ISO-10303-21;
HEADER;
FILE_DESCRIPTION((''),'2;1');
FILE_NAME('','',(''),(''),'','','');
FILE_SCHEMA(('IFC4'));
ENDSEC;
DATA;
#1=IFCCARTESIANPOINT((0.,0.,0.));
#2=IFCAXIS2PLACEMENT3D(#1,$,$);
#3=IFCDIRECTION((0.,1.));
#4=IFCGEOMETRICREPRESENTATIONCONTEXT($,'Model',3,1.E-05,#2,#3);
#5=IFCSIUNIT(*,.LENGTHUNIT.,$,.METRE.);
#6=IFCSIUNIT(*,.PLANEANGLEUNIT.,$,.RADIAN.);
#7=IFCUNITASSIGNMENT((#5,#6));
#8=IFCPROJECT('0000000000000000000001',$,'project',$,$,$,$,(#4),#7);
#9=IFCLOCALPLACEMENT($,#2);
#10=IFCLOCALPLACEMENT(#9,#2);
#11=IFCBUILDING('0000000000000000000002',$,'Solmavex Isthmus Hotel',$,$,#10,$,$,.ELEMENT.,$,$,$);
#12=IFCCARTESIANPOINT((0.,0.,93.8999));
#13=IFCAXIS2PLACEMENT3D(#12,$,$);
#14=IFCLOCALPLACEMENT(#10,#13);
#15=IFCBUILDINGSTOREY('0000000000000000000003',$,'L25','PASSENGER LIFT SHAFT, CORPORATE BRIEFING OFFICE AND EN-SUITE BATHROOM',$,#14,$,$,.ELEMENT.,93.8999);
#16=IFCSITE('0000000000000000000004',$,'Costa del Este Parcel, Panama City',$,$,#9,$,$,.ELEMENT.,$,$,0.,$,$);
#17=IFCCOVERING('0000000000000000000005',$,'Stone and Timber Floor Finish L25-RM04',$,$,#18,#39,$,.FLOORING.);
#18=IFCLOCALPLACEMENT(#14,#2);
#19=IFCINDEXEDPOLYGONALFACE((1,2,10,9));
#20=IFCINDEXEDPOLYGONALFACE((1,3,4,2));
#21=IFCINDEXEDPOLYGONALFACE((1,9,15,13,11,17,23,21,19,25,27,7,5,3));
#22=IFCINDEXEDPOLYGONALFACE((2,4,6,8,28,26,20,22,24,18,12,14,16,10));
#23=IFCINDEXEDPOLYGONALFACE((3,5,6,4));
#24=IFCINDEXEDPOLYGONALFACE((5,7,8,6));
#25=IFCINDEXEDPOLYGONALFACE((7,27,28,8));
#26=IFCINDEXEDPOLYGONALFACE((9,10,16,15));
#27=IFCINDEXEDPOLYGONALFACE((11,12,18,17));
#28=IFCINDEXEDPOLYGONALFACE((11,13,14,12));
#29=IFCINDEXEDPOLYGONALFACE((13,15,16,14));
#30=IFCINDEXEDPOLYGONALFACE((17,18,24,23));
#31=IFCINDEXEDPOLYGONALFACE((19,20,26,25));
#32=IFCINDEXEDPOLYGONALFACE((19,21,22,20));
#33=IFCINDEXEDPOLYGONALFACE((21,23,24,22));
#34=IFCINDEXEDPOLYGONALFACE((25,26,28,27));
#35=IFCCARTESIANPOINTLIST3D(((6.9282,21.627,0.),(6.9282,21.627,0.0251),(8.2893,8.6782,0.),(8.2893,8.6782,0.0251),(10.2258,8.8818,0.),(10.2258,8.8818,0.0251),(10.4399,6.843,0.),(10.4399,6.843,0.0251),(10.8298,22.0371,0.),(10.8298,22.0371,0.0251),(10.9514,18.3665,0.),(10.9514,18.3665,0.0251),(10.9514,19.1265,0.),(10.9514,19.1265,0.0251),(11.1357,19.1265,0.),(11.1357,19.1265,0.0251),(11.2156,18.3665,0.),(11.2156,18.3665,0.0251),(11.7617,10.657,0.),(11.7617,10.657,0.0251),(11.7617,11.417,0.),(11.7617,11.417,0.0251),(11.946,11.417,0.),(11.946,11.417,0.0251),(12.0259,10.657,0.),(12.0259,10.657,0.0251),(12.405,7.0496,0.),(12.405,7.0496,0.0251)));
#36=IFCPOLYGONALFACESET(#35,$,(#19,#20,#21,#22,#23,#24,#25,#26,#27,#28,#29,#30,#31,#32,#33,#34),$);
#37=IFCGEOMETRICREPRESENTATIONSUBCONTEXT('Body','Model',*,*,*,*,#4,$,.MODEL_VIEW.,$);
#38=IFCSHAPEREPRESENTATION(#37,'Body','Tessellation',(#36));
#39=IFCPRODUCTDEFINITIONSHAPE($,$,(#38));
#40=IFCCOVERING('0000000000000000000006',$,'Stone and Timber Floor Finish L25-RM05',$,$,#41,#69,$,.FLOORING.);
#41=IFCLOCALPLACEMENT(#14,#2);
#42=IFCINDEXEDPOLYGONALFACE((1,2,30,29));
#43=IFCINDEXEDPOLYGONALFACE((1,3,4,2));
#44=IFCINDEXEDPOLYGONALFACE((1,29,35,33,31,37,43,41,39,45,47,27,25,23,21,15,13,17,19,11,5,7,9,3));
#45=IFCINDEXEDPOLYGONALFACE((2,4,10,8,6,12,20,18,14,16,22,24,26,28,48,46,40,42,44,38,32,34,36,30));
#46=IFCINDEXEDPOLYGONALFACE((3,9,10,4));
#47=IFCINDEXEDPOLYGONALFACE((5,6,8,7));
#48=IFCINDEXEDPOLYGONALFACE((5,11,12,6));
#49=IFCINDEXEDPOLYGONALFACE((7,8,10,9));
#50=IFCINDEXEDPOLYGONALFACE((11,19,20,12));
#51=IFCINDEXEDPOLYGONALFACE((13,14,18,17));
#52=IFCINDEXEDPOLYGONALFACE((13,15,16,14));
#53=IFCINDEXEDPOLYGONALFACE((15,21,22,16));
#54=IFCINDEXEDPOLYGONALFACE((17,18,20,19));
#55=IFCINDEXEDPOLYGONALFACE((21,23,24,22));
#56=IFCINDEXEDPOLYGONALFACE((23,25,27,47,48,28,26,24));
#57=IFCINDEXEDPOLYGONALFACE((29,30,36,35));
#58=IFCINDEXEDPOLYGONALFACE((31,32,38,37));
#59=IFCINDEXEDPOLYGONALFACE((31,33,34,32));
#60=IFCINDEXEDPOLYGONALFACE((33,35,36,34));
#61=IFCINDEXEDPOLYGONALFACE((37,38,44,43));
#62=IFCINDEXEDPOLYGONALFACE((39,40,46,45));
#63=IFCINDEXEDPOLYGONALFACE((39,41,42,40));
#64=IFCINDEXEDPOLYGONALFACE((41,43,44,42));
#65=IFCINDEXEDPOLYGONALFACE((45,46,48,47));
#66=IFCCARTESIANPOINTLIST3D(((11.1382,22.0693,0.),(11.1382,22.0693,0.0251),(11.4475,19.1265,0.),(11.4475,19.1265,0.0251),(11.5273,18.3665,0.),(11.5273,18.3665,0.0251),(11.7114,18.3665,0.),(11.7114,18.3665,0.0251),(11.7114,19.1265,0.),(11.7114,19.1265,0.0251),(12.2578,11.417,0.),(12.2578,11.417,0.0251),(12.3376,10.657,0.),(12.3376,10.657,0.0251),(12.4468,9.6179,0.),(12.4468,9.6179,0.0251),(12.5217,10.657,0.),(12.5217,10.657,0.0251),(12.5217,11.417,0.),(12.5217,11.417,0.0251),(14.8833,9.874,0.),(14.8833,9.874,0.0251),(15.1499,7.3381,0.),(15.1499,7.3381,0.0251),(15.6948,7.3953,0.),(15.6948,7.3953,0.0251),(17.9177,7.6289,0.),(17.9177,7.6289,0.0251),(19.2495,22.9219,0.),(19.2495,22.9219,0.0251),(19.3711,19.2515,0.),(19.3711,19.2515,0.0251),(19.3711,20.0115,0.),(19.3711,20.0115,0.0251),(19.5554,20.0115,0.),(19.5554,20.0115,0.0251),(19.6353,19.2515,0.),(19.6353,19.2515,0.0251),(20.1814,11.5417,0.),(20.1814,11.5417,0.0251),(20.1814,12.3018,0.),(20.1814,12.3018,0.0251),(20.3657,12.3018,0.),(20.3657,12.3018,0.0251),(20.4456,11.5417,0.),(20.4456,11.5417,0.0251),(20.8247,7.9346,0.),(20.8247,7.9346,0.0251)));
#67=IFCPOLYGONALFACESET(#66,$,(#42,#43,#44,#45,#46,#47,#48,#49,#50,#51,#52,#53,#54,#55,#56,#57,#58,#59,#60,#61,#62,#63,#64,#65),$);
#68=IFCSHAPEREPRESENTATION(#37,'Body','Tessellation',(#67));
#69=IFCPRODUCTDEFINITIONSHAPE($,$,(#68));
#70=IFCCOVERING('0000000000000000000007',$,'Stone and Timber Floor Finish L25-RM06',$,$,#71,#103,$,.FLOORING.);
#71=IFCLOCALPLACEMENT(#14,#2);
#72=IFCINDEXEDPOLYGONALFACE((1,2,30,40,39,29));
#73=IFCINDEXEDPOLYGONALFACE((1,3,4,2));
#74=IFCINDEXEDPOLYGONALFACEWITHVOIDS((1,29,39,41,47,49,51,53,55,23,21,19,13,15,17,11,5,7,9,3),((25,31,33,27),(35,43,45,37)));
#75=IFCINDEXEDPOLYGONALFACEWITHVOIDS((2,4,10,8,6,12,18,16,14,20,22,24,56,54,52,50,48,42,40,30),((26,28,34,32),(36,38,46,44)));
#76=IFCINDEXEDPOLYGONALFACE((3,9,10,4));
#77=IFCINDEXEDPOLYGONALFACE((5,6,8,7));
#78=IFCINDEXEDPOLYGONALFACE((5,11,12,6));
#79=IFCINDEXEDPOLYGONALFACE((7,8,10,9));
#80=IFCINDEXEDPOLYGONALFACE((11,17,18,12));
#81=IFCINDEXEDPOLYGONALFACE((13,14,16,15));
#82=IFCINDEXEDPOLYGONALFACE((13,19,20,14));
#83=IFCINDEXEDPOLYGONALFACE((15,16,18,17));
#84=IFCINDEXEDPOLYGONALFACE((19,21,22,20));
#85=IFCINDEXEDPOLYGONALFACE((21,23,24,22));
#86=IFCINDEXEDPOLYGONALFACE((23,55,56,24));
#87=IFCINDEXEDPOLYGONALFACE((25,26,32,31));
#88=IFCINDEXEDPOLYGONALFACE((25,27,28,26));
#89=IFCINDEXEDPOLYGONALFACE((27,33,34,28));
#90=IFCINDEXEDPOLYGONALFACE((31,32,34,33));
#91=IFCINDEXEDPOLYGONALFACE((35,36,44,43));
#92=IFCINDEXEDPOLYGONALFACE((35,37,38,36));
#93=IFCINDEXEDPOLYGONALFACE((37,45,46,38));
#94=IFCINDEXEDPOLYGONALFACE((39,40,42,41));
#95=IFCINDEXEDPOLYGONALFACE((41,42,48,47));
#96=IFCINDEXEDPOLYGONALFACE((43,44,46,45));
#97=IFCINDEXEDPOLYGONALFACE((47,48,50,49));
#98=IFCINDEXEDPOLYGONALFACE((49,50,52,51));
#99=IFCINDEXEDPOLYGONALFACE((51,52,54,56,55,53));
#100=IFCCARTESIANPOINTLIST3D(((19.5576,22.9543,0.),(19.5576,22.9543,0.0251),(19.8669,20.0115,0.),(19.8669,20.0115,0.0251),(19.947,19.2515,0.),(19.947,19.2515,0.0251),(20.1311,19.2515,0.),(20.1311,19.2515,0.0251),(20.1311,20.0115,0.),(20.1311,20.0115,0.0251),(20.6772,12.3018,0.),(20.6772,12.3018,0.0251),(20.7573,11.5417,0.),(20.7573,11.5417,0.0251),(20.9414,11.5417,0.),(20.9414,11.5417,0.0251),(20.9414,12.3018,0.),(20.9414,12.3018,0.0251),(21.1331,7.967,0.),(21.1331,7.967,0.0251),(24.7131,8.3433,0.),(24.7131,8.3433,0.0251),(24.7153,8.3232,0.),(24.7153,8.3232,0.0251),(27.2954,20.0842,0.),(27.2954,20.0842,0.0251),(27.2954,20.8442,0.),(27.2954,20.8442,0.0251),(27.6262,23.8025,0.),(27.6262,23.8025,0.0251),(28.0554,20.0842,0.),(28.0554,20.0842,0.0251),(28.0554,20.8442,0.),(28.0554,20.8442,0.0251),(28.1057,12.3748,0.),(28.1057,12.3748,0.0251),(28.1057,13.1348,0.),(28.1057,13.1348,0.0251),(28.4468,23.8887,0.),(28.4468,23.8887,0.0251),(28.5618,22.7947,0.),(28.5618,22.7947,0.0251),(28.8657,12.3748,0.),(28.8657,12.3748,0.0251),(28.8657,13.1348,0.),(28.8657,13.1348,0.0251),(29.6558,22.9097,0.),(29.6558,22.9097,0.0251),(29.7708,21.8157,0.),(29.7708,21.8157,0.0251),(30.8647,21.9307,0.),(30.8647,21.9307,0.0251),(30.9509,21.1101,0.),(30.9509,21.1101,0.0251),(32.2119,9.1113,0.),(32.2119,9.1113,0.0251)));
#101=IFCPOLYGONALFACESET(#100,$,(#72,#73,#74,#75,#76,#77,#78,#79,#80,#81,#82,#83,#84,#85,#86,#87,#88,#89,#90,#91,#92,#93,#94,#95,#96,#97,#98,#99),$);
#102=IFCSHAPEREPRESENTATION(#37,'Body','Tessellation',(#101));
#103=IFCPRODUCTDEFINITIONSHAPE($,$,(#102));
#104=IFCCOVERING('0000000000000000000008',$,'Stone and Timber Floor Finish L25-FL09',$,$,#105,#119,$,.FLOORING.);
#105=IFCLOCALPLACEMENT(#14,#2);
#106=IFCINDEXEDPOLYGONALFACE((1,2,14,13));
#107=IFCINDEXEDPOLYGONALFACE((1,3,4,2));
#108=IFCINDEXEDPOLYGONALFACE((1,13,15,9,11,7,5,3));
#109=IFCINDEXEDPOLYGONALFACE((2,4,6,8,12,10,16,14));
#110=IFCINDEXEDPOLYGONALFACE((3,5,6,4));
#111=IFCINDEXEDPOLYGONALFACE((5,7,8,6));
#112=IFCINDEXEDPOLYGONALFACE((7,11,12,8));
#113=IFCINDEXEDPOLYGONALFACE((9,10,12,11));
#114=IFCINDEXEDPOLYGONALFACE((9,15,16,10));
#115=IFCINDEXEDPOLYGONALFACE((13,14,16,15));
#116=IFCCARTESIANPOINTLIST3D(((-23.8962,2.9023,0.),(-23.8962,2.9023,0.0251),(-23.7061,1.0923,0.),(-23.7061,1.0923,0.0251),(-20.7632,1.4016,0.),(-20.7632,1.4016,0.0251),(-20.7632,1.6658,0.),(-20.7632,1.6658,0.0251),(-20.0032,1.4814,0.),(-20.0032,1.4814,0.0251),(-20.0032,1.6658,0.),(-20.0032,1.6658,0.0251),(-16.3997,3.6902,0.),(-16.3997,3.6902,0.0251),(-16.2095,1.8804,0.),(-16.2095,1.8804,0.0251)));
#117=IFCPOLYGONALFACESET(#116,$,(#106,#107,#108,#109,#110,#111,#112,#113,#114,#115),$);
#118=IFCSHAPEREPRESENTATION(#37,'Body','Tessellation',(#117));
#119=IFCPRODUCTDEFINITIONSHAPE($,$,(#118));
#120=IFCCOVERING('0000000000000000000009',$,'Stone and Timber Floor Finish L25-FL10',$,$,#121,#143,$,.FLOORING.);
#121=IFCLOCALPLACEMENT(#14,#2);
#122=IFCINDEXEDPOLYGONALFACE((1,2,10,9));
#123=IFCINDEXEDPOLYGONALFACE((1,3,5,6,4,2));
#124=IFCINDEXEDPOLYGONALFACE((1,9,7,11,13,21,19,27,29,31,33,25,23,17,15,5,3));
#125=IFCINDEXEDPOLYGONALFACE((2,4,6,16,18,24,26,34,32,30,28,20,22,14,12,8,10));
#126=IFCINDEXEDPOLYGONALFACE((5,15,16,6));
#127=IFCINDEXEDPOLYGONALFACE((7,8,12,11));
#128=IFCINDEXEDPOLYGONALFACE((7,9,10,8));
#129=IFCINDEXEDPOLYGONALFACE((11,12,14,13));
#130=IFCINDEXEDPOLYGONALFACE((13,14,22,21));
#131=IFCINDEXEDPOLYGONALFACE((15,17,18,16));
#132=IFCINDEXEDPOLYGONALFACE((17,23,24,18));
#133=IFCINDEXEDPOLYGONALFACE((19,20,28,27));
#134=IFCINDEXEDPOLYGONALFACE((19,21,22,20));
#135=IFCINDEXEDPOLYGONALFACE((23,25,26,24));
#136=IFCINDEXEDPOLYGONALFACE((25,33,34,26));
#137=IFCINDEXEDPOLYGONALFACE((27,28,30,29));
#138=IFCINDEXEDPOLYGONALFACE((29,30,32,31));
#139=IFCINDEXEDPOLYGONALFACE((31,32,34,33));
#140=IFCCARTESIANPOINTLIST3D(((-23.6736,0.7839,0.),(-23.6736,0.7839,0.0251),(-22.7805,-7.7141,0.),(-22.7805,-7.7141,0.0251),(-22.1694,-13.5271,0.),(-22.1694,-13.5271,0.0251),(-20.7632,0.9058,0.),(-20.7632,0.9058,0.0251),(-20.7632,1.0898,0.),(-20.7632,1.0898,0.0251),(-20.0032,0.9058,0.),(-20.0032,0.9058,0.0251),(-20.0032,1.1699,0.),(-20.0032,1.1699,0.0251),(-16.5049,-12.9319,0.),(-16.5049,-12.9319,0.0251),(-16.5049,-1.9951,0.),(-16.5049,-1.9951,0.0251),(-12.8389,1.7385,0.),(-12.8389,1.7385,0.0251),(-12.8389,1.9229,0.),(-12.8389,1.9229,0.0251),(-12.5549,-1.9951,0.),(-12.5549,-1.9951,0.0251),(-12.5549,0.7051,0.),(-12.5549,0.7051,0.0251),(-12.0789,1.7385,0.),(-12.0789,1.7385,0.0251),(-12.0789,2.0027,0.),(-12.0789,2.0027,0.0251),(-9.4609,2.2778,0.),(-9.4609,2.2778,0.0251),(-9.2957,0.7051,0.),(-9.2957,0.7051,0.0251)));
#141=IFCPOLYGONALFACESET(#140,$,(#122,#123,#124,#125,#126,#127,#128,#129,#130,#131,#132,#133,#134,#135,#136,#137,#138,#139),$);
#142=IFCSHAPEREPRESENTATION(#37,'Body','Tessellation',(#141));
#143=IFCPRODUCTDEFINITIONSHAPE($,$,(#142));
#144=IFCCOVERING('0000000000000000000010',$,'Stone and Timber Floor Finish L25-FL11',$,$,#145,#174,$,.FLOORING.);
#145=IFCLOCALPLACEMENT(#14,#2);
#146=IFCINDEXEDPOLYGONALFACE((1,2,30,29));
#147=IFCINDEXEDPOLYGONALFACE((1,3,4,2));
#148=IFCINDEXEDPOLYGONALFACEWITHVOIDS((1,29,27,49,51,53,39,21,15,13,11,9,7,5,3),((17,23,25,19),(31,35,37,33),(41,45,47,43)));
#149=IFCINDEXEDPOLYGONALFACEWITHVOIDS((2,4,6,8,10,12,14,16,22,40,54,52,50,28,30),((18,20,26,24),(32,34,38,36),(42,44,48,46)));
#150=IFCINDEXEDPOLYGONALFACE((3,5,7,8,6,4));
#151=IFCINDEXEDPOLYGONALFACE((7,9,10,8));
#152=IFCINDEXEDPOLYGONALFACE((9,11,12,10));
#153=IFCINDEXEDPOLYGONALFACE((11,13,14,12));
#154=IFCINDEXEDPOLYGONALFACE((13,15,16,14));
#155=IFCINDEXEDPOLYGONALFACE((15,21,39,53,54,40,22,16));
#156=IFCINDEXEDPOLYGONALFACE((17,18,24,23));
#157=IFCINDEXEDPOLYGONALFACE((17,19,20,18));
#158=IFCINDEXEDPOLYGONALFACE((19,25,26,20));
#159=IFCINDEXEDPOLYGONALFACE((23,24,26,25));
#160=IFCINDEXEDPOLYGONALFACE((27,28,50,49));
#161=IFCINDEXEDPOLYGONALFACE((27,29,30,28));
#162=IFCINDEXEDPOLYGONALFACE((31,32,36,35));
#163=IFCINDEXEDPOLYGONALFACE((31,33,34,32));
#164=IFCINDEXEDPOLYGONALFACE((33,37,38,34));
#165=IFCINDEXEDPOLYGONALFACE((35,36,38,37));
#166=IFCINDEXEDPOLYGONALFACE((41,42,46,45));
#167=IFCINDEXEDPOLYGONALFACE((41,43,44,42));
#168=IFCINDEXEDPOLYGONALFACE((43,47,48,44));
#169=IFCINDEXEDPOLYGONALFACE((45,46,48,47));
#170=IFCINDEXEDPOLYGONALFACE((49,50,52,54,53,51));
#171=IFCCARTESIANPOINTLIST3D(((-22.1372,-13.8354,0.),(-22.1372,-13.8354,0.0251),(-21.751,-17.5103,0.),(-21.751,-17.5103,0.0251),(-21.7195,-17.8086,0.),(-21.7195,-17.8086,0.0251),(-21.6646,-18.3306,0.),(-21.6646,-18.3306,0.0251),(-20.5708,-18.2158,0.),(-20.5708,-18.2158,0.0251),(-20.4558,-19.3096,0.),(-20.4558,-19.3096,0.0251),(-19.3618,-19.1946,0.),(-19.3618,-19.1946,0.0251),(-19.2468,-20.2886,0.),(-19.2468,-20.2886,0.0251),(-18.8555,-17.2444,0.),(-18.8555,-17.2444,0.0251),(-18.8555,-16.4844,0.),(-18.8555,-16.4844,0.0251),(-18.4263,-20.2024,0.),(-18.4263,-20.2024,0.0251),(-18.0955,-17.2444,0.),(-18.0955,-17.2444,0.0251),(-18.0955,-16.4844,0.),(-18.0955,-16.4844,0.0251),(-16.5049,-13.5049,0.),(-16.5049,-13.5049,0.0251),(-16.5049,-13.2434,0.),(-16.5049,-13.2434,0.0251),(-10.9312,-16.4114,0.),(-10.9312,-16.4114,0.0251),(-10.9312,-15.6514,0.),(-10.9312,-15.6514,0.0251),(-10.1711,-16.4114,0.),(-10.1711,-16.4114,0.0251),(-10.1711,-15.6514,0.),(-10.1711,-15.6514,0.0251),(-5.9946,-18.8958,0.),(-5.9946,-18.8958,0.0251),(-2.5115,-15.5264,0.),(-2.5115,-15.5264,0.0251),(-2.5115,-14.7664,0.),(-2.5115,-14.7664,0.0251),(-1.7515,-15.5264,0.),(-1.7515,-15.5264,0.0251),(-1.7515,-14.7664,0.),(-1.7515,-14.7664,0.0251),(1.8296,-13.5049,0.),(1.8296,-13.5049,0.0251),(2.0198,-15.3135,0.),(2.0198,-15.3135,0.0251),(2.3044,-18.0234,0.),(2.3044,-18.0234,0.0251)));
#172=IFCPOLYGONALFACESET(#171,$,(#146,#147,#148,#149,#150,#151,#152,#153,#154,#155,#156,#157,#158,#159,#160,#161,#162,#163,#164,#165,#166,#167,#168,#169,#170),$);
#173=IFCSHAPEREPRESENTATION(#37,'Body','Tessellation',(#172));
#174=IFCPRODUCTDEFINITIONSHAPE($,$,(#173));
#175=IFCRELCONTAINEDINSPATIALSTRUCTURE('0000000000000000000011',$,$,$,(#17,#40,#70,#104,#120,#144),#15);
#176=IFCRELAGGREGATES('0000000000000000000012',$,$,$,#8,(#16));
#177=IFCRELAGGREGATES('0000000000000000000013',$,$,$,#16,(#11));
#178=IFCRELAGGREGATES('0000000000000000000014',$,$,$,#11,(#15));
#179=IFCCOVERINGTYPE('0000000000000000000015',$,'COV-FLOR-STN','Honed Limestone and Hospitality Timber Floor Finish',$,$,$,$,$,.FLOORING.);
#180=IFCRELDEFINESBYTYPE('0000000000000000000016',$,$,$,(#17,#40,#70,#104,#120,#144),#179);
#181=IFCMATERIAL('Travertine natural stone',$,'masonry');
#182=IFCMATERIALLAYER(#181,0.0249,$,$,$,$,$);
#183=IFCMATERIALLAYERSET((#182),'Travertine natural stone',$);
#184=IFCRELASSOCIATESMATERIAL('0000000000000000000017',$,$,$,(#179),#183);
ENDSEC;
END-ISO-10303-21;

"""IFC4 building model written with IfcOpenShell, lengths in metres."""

from ifc_helpers import new_model, si_unit, direction, frame, origin, place, context, subcontext, project, spatial, polyline, outline, extrude, material, layer, layer_set, type_object, element, save


model = new_model("IFC4")

# Units and contexts
model_context = context("Model", 3, precision=1e-05, world=origin(), true_north=direction((0.0, 1.0)))
body_context = subcontext(model_context, "Body", "Model", "MODEL_VIEW")
ifc_project = project(units=[si_unit("LENGTHUNIT", "METRE"), si_unit("PLANEANGLEUNIT", "RADIAN")], contexts=[model_context])

# Site, building, storey
site_placement = place(None, origin())
site = spatial("IfcSite", under=ifc_project, at=site_placement, Name="Costa del Este Parcel, Panama City", CompositionType="ELEMENT", RefElevation=0.0)
building_placement = place(site_placement, origin())
building = spatial("IfcBuilding", under=site, at=building_placement, Name="Solmavex Isthmus Hotel", CompositionType="ELEMENT")
storey_placement = place(building_placement, frame((0.0, 0.0, 93.8999)))
storey = spatial("IfcBuildingStorey", under=building, at=storey_placement, Name="L25", Description="PASSENGER LIFT SHAFT, CORPORATE BRIEFING OFFICE AND EN-SUITE BATHROOM", CompositionType="ELEMENT", Elevation=93.8999)

# Coverings
ifc_material_1 = material(Name="Travertine natural stone", Category="masonry")
ifc_layer_1 = layer(ifc_material_1, 0.0249)
ifc_layer_set_1 = layer_set([ifc_layer_1], Name="Travertine natural stone")
covering_type_1 = type_object("IfcCoveringType", Name="COV-FLOR-STN", Description="Honed Limestone and Hospitality Timber Floor Finish", PredefinedType="FLOORING", material=ifc_layer_set_1)
covering_1_placement = place(storey_placement, origin())
element("IfcCovering", 1, at=covering_1_placement, inside=storey, type_object=covering_type_1, Name="Stone and Timber Floor Finish L25-RM04", PredefinedType="FLOORING", context=body_context, shape_type="SweptSolid", body=[
    extrude(outline(polyline([(11.2156, 18.3665), (10.9514, 18.3665), (10.9514, 19.1265), (11.1357, 19.1265), (10.8298, 22.0371), (6.9282, 21.627), (8.2893, 8.6782), (10.2258, 8.8818), (10.4399, 6.843), (12.405, 7.0496), (12.0259, 10.657), (11.7617, 10.657), (11.7617, 11.417), (11.946, 11.417), (11.2156, 18.3665)])), origin(), (0.0, 0.0, 1.0), 0.0251),
])
covering_2_placement = place(storey_placement, origin())
element("IfcCovering", 2, at=covering_2_placement, inside=storey, type_object=covering_type_1, Name="Stone and Timber Floor Finish L25-RM05", PredefinedType="FLOORING", context=body_context, shape_type="SweptSolid", body=[
    extrude(outline(polyline([(12.2578, 11.417), (12.5217, 11.417), (12.5217, 10.657), (12.3376, 10.657), (12.4468, 9.6179), (14.8833, 9.874), (15.1499, 7.3381), (15.6948, 7.3953), (17.9177, 7.6289), (20.8247, 7.9346), (20.4456, 11.5417), (20.1814, 11.5417), (20.1814, 12.3018), (20.3657, 12.3018), (19.6353, 19.2515), (19.3711, 19.2515), (19.3711, 20.0115), (19.5554, 20.0115), (19.2495, 22.9219), (11.1382, 22.0693), (11.4475, 19.1265), (11.7114, 19.1265), (11.7114, 18.3665), (11.5273, 18.3665), (12.2578, 11.417)])), origin(), (0.0, 0.0, 1.0), 0.0251),
])
covering_3_placement = place(storey_placement, origin())
element("IfcCovering", 3, at=covering_3_placement, inside=storey, type_object=covering_type_1, Name="Stone and Timber Floor Finish L25-RM06", PredefinedType="FLOORING", context=body_context, shape_type="SweptSolid", body=[
    extrude(outline(polyline([(20.6772, 12.3018), (20.9414, 12.3018), (20.9414, 11.5417), (20.7573, 11.5417), (21.1331, 7.967), (24.7131, 8.3433), (24.7153, 8.3232), (32.2119, 9.1113), (30.9509, 21.1101), (30.8647, 21.9307), (29.7708, 21.8157), (29.6558, 22.9097), (28.5618, 22.7947), (28.4468, 23.8887), (27.6262, 23.8025), (19.5576, 22.9543), (19.8669, 20.0115), (20.1311, 20.0115), (20.1311, 19.2515), (19.947, 19.2515), (20.6772, 12.3018)]), holes=[polyline([(28.1057, 12.3748), (28.1057, 13.1348), (28.8657, 13.1348), (28.8657, 12.3748), (28.1057, 12.3748)]), polyline([(27.2954, 20.8442), (28.0554, 20.8442), (28.0554, 20.0842), (27.2954, 20.0842), (27.2954, 20.8442)])]), origin(), (0.0, 0.0, 1.0), 0.0251),
])
covering_4_placement = place(storey_placement, origin())
element("IfcCovering", 4, at=covering_4_placement, inside=storey, type_object=covering_type_1, Name="Stone and Timber Floor Finish L25-FL09", PredefinedType="FLOORING", context=body_context, shape_type="SweptSolid", body=[
    extrude(outline(polyline([(-16.2095, 1.8804), (-16.3997, 3.6902), (-23.8962, 2.9023), (-23.7061, 1.0923), (-20.7632, 1.4016), (-20.7632, 1.6658), (-20.0032, 1.6658), (-20.0032, 1.4814), (-16.2095, 1.8804)])), origin(), (0.0, 0.0, 1.0), 0.0251),
])
covering_5_placement = place(storey_placement, origin())
element("IfcCovering", 5, at=covering_5_placement, inside=storey, type_object=covering_type_1, Name="Stone and Timber Floor Finish L25-FL10", PredefinedType="FLOORING", context=body_context, shape_type="SweptSolid", body=[
    extrude(outline(polyline([(-20.0032, 1.1699), (-20.0032, 0.9058), (-20.7632, 0.9058), (-20.7632, 1.0898), (-23.6736, 0.7839), (-22.7805, -7.7141), (-22.1694, -13.5271), (-16.5049, -12.9319), (-16.5049, -1.9951), (-12.5549, -1.9951), (-12.5549, 0.7051), (-9.2957, 0.7051), (-9.4609, 2.2778), (-12.0789, 2.0027), (-12.0789, 1.7385), (-12.8389, 1.7385), (-12.8389, 1.9229), (-20.0032, 1.1699)])), origin(), (0.0, 0.0, 1.0), 0.0251),
])
covering_6_placement = place(storey_placement, origin())
element("IfcCovering", 6, at=covering_6_placement, inside=storey, type_object=covering_type_1, Name="Stone and Timber Floor Finish L25-FL11", PredefinedType="FLOORING", context=body_context, shape_type="SweptSolid", body=[
    extrude(outline(polyline([(-18.4263, -20.2024), (-5.9946, -18.8958), (2.3044, -18.0234), (2.0198, -15.3135), (1.8296, -13.5049), (-16.5049, -13.5049), (-16.5049, -13.2434), (-22.1372, -13.8354), (-21.751, -17.5103), (-21.7195, -17.8086), (-21.6646, -18.3306), (-20.5708, -18.2158), (-20.4558, -19.3096), (-19.3618, -19.1946), (-19.2468, -20.2886), (-18.4263, -20.2024)]), holes=[polyline([(-2.5115, -15.5264), (-2.5115, -14.7664), (-1.7515, -14.7664), (-1.7515, -15.5264), (-2.5115, -15.5264)]), polyline([(-10.9312, -16.4114), (-10.9312, -15.6514), (-10.1711, -15.6514), (-10.1711, -16.4114), (-10.9312, -16.4114)]), polyline([(-18.8555, -17.2444), (-18.8555, -16.4844), (-18.0955, -16.4844), (-18.0955, -17.2444), (-18.8555, -17.2444)])]), origin(), (0.0, 0.0, 1.0), 0.0251),
])

save(model, "model.ifc")
